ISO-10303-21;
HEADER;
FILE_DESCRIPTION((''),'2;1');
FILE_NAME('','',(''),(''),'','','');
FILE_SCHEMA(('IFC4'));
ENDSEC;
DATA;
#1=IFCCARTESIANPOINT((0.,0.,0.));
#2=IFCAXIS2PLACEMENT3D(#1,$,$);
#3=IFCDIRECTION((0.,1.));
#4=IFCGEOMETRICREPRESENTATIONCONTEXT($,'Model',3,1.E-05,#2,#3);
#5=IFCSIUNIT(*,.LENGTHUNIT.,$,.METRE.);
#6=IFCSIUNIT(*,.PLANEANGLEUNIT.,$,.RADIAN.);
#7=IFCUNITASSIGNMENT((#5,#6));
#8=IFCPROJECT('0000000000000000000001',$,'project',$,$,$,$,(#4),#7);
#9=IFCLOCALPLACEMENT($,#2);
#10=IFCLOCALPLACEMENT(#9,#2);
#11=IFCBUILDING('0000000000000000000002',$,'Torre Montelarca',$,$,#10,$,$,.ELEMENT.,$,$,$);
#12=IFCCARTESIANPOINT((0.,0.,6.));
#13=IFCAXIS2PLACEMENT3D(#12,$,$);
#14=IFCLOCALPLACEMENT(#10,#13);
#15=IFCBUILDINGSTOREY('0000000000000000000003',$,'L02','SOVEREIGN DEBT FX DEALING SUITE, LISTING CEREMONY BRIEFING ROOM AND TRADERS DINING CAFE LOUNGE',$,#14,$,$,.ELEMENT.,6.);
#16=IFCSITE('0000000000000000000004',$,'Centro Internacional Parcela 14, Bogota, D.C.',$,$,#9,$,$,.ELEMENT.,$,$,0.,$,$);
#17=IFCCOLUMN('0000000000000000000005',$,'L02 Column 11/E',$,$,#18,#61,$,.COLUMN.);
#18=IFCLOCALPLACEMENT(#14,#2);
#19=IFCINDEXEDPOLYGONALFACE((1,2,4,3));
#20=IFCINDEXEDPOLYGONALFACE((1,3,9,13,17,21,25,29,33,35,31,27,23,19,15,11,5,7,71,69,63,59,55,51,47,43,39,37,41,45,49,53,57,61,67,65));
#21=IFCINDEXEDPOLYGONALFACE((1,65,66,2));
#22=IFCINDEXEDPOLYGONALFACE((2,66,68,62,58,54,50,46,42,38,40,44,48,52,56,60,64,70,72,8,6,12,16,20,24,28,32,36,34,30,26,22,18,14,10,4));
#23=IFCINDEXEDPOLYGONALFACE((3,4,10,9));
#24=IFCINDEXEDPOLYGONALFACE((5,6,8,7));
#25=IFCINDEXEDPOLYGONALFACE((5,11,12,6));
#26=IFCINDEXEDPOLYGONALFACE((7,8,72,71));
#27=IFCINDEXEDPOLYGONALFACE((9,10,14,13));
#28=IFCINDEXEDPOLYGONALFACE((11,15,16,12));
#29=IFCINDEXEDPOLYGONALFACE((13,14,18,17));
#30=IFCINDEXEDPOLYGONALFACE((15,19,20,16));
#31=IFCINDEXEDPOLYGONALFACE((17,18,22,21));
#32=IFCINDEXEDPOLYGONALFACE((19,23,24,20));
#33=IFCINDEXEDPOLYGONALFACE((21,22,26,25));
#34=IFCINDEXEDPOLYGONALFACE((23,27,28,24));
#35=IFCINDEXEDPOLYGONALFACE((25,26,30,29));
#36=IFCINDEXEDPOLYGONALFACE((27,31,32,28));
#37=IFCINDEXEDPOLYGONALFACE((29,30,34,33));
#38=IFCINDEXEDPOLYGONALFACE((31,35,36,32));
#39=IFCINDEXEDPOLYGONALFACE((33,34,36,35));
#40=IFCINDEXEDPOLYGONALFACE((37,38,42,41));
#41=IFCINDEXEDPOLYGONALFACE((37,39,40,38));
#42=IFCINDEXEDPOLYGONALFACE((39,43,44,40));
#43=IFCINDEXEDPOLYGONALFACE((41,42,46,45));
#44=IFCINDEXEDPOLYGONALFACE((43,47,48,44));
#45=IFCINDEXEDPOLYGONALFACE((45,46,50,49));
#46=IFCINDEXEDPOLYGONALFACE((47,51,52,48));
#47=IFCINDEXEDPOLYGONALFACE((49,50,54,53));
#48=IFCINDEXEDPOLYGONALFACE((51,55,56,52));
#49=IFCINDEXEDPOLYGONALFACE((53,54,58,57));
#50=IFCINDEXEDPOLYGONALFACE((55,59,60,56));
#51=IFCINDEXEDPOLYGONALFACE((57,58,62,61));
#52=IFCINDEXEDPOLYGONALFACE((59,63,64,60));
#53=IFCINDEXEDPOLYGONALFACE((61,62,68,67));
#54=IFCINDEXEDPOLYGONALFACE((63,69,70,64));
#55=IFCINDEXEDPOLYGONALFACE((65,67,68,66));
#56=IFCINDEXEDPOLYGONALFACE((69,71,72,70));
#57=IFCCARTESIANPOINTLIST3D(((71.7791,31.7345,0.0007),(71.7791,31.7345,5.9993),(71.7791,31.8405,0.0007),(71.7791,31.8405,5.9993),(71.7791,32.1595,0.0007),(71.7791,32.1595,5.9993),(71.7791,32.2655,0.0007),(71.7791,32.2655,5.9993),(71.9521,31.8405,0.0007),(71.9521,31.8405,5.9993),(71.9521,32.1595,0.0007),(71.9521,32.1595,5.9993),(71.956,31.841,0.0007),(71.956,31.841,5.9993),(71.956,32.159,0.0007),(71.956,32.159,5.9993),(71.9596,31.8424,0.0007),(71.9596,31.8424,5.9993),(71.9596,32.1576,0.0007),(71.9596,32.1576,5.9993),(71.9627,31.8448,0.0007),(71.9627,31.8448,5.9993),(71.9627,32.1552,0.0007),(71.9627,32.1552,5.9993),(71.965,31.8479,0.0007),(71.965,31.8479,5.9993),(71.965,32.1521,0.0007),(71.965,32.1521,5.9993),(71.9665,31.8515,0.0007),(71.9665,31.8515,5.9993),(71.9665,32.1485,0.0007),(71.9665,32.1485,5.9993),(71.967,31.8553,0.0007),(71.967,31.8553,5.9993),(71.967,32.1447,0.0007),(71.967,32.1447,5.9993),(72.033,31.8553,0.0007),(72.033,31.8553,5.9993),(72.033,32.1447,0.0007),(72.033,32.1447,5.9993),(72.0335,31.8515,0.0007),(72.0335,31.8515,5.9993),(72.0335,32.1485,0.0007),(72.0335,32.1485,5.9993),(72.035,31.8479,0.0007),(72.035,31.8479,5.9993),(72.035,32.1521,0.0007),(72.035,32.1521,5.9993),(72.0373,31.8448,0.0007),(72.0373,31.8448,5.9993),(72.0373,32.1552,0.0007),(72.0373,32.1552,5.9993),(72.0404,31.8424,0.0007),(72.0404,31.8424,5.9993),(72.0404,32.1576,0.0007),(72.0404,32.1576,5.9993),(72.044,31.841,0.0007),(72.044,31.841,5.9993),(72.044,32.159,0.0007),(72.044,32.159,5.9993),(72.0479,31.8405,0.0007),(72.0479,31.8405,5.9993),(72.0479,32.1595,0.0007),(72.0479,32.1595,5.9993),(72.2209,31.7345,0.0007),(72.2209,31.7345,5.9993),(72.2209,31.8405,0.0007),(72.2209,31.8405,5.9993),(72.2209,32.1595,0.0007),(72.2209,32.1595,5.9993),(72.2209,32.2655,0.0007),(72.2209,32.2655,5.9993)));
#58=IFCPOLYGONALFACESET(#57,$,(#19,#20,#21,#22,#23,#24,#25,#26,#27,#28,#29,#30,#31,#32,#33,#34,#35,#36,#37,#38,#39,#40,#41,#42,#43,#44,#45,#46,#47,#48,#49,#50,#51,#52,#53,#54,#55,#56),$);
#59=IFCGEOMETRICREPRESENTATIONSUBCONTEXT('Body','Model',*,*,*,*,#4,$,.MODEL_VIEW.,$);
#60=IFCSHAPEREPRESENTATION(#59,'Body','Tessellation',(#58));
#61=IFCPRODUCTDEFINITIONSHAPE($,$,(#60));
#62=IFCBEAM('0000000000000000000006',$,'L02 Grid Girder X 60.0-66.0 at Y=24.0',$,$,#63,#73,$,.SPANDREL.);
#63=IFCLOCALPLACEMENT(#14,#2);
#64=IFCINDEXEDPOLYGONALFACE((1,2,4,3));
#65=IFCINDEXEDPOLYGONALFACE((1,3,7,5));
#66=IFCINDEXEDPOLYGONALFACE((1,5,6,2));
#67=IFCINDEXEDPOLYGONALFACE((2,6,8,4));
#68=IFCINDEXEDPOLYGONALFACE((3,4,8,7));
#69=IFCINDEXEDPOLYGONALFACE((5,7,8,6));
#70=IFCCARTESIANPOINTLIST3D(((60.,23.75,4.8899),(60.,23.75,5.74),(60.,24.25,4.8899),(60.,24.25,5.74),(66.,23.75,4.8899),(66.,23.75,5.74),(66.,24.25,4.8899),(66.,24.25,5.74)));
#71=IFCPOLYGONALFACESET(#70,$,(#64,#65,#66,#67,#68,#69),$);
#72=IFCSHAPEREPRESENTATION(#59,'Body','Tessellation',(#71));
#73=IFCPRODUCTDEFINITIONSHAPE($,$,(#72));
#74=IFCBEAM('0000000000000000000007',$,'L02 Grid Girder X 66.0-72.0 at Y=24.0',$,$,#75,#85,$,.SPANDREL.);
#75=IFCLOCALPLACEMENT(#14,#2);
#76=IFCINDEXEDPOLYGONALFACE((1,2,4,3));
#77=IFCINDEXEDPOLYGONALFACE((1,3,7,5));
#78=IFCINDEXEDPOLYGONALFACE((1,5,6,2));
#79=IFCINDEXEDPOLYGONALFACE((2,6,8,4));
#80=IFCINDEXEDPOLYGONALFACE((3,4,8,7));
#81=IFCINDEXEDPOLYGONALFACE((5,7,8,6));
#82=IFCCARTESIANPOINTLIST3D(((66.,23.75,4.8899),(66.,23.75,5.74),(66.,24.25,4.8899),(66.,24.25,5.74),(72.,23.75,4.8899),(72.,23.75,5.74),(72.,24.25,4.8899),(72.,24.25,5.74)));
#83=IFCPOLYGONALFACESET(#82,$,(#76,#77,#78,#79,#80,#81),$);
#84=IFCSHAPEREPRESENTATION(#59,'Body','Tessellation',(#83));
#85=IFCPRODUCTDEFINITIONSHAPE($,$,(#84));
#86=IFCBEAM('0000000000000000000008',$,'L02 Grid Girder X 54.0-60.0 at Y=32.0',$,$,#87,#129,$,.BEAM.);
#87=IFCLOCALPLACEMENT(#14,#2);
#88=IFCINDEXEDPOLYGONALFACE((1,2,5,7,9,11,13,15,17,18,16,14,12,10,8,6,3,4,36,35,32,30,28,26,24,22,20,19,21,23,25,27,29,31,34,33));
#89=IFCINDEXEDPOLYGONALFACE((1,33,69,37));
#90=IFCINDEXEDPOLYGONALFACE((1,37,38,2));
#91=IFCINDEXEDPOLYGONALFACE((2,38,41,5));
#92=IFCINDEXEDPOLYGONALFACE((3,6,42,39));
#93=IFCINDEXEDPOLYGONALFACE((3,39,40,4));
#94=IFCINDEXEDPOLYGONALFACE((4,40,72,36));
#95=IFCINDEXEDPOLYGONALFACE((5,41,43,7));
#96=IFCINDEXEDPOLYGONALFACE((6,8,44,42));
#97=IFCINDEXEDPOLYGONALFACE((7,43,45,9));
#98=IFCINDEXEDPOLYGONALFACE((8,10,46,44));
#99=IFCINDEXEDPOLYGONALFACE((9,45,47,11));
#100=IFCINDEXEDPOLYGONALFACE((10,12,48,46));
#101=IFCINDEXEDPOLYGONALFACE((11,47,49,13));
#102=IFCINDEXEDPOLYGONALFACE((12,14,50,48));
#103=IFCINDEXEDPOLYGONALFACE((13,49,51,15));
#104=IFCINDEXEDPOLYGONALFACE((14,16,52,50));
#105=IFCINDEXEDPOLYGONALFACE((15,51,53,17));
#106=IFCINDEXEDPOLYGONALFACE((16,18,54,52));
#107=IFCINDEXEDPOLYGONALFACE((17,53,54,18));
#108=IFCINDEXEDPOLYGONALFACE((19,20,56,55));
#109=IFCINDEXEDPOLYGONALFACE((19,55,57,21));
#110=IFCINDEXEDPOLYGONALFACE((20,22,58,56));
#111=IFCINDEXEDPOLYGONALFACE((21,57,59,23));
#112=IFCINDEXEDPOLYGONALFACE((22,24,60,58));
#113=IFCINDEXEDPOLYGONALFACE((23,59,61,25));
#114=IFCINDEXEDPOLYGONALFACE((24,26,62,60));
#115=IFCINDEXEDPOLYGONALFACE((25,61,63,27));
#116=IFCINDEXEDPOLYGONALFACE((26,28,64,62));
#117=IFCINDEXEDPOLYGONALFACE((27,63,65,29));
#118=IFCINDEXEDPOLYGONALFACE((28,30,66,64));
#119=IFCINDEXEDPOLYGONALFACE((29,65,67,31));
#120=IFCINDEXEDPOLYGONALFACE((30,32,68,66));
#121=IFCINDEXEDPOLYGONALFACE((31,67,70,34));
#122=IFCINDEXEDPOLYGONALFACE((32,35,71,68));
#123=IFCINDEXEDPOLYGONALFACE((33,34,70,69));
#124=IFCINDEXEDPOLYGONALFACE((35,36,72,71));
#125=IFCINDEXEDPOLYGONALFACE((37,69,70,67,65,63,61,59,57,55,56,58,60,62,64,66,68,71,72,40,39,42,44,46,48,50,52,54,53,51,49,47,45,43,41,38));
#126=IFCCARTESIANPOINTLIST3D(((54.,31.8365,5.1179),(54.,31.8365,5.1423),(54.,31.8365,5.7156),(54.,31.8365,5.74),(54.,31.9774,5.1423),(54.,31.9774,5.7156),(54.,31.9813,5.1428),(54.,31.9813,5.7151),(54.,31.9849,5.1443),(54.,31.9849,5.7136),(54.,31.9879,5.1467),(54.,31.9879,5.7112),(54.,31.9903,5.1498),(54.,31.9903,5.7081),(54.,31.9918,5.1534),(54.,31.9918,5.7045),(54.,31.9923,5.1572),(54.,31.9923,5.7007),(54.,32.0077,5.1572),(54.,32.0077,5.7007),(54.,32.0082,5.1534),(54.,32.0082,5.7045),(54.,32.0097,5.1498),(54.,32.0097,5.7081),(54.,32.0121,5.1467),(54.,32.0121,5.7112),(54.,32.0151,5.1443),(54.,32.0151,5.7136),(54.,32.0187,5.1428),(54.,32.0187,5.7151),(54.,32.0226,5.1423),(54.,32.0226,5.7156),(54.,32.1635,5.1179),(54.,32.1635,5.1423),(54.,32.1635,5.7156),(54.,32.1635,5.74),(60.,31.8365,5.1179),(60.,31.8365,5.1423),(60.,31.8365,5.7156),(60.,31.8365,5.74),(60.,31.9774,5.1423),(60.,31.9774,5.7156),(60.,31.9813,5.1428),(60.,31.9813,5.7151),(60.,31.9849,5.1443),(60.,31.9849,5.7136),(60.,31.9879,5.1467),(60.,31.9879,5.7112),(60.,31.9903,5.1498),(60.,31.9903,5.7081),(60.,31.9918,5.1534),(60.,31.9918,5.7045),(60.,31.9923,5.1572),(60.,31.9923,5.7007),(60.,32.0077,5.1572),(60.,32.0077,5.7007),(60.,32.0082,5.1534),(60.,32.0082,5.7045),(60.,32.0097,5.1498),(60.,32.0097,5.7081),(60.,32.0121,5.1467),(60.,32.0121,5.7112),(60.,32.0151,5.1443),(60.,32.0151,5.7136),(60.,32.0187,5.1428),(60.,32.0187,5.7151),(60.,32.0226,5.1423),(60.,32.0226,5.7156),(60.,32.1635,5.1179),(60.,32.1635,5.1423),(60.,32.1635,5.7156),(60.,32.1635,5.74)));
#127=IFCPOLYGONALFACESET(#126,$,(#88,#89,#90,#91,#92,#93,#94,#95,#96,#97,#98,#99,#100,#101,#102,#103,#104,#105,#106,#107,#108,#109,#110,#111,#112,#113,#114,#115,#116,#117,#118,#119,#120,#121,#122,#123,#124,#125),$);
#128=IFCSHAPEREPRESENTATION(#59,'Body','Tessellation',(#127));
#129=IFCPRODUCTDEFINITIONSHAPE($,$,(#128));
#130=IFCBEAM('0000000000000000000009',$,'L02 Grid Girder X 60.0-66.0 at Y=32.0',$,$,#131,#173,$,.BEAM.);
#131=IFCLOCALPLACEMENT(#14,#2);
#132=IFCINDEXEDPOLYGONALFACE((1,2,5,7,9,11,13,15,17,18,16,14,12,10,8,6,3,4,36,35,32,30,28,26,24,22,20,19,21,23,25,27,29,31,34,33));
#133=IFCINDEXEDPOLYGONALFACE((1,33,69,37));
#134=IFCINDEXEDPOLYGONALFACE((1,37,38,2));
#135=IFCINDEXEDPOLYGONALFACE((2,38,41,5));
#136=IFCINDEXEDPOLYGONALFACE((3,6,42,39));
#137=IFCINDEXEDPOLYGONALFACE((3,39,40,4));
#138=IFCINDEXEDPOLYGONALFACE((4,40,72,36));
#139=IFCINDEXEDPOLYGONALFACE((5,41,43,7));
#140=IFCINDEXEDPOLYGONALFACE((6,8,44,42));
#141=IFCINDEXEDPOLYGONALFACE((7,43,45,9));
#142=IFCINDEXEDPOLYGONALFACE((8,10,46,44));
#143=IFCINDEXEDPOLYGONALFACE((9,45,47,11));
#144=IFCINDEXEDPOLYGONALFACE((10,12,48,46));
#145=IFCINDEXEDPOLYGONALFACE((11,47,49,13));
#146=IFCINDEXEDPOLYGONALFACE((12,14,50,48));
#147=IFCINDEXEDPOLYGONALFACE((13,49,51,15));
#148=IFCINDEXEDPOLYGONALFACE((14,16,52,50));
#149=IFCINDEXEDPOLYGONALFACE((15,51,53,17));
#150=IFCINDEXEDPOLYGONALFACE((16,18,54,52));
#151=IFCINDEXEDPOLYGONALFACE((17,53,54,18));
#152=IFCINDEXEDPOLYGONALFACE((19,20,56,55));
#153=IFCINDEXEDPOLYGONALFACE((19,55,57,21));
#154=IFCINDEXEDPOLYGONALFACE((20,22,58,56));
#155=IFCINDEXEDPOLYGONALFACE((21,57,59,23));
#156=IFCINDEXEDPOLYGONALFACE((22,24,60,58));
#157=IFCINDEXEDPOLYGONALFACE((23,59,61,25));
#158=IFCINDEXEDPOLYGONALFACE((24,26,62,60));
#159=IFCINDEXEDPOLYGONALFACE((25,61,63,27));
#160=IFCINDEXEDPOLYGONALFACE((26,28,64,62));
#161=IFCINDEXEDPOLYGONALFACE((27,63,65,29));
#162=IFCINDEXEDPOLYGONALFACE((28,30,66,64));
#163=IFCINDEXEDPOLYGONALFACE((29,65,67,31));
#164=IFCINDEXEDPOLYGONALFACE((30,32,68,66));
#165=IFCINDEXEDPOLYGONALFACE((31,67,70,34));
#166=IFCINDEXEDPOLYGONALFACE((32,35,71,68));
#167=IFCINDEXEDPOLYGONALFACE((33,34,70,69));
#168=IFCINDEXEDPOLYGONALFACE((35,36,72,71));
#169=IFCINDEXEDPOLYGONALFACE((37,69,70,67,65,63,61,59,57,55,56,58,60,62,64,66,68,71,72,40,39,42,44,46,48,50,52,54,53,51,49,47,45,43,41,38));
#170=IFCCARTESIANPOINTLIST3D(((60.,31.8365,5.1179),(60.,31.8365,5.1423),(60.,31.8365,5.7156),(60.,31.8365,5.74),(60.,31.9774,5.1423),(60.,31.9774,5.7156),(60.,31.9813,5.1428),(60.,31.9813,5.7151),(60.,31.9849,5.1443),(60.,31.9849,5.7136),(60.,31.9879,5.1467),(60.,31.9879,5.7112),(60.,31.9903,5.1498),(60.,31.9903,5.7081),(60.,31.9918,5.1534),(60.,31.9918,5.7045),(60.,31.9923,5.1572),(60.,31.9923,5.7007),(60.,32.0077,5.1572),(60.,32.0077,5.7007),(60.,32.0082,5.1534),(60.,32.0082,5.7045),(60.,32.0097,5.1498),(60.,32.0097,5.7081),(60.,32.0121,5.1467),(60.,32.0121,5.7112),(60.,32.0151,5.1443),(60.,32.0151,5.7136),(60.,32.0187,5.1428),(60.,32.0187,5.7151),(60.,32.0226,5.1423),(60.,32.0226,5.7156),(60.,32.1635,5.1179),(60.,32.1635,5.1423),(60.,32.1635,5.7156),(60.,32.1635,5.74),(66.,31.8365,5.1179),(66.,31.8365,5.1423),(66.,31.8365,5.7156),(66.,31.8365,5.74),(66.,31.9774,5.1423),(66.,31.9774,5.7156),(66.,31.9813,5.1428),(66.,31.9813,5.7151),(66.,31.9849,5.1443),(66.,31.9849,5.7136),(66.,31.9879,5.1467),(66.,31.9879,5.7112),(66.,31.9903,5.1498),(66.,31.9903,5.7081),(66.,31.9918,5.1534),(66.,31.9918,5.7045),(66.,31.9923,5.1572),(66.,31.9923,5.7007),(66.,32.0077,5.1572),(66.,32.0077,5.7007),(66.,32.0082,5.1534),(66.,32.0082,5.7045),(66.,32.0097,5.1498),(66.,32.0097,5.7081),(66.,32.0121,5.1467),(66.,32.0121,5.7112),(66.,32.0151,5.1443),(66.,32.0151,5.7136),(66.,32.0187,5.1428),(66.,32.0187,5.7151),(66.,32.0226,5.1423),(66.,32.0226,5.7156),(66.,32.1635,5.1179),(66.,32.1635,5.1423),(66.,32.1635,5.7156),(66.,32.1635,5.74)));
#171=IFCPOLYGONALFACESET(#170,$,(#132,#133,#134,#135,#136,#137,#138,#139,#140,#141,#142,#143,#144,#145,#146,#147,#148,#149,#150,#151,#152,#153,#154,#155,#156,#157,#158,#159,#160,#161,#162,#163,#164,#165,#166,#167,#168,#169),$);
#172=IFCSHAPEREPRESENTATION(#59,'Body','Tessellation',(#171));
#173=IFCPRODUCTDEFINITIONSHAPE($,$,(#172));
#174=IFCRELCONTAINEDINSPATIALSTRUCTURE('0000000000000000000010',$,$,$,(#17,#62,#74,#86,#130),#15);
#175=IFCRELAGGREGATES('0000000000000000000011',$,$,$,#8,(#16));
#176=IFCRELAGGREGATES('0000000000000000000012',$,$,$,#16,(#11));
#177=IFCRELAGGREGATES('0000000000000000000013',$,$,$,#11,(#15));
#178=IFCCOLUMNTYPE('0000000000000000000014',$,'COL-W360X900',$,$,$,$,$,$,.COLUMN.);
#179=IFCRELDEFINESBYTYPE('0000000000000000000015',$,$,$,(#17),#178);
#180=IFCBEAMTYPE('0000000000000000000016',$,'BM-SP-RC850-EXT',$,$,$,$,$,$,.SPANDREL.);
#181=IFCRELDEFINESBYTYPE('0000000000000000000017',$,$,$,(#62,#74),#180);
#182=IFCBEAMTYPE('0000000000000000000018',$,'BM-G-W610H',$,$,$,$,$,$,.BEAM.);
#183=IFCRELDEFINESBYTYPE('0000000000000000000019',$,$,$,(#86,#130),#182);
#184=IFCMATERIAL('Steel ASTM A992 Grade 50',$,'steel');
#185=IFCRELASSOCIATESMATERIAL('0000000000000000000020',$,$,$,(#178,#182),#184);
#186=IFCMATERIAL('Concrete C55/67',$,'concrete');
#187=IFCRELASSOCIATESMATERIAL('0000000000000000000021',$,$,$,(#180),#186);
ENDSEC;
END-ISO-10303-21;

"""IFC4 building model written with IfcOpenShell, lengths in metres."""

from ifc_helpers import new_model, si_unit, direction, frame, origin, origin_2d, place, context, subcontext, project, spatial, rectangle, i_section, extrude, source, transform, mapped, material, material_profile, profile_set, type_object, element, save


model = new_model("IFC4")

# Units and contexts
model_context = context("Model", 3, precision=1e-05, world=origin(), true_north=direction((0.0, 1.0)))
body_context = subcontext(model_context, "Body", "Model", "MODEL_VIEW")
ifc_project = project(units=[si_unit("LENGTHUNIT", "METRE"), si_unit("PLANEANGLEUNIT", "RADIAN")], contexts=[model_context])

# Site, building, storey
site_placement = place(None, origin())
site = spatial("IfcSite", under=ifc_project, at=site_placement, Name="Centro Internacional Parcela 14, Bogota, D.C.", CompositionType="ELEMENT", RefElevation=0.0)
building_placement = place(site_placement, origin())
building = spatial("IfcBuilding", under=site, at=building_placement, Name="Torre Montelarca", CompositionType="ELEMENT")
storey_placement = place(building_placement, frame((0.0, 0.0, 6.0)))
storey = spatial("IfcBuildingStorey", under=building, at=storey_placement, Name="L02", Description="SOVEREIGN DEBT FX DEALING SUITE, LISTING CEREMONY BRIEFING ROOM AND TRADERS DINING CAFE LOUNGE", CompositionType="ELEMENT", Elevation=6.0)

# Column
ifc_material_1 = material(Name="Steel ASTM A992 Grade 50", Category="steel")
ifc_material_profile_1 = material_profile(ifc_material_1, i_section(OverallWidth=0.4419, OverallDepth=0.531, WebThickness=0.0659, FlangeThickness=0.106, FilletRadius=0.0149, at=origin_2d()), Name="W360X900", Category="steel")
ifc_profile_set_1 = profile_set([ifc_material_profile_1], Name="Steel ASTM A992 Grade 50")
column_type_1 = type_object("IfcColumnType", Name="COL-W360X900", PredefinedType="COLUMN", material=ifc_profile_set_1)
shared_shape_1 = source(origin(), body_context, "Body", "SweptSolid", [
    extrude(i_section(OverallWidth=0.4419, OverallDepth=0.531, WebThickness=0.0659, FlangeThickness=0.106, FilletRadius=0.0149, at=origin_2d()), origin(), (0.0, 0.0, 1.0), 5.9985),
])
for number, where, z_axis, x_axis, name in (
    (1, (72.0, 32.0, 0.0007), (0.0, 0.0, 1.0), (1.0, 0.0, 0.0), "L02 Column 11/E"),
):
    element("IfcColumn", number, at=place(storey_placement, frame(where, z_axis=z_axis, x_axis=x_axis)), inside=storey, type_object=column_type_1, Name=name, PredefinedType="COLUMN", context=body_context, shape_type="MappedRepresentation", body=[
        mapped(shared_shape_1, transform((0.0, 0.0, 0.0), scale=1.0)),
    ])

# Beams
ifc_material_2 = material(Name="Concrete C55/67", Category="concrete")
ifc_material_profile_2 = material_profile(ifc_material_2, rectangle(XDim=0.5, YDim=0.8501, at=origin_2d()), Name="RCB500X850", Category="concrete")
ifc_profile_set_2 = profile_set([ifc_material_profile_2], Name="Concrete C55/67")
beam_type_1 = type_object("IfcBeamType", Name="BM-SP-RC850-EXT", PredefinedType="SPANDREL", material=ifc_profile_set_2)
shared_shape_2 = source(origin(), body_context, "Body", "SweptSolid", [
    extrude(rectangle(XDim=0.5, YDim=0.8501, at=origin_2d()), origin(), (0.0, 0.0, 1.0), 6.0),
])
for number, where, z_axis, x_axis, name in (
    (2, (60.0, 24.0, 5.3149), (1.0, 0.0, 0.0), (0.0, 1.0, 0.0), "L02 Grid Girder X 60.0-66.0 at Y=24.0"),
    (3, (66.0, 24.0, 5.3149), (1.0, 0.0, 0.0), (0.0, 1.0, 0.0), "L02 Grid Girder X 66.0-72.0 at Y=24.0"),
):
    element("IfcBeam", number, at=place(storey_placement, frame(where, z_axis=z_axis, x_axis=x_axis)), inside=storey, type_object=beam_type_1, Name=name, PredefinedType="SPANDREL", context=body_context, shape_type="MappedRepresentation", body=[
        mapped(shared_shape_2, transform((0.0, 0.0, 0.0), scale=1.0)),
    ])
ifc_material_profile_3 = material_profile(ifc_material_1, i_section(OverallWidth=0.3269, OverallDepth=0.6221, WebThickness=0.0154, FlangeThickness=0.0244, FilletRadius=0.0149, at=origin_2d()), Name="W610X195", Category="steel")
ifc_profile_set_3 = profile_set([ifc_material_profile_3], Name="Steel ASTM A992 Grade 50")
beam_type_2 = type_object("IfcBeamType", Name="BM-G-W610H", PredefinedType="BEAM", material=ifc_profile_set_3)
shared_shape_3 = source(origin(), body_context, "Body", "SweptSolid", [
    extrude(i_section(OverallWidth=0.3269, OverallDepth=0.6221, WebThickness=0.0154, FlangeThickness=0.0244, FilletRadius=0.0149, at=origin_2d()), origin(), (0.0, 0.0, 1.0), 6.0),
])
for number, where, z_axis, x_axis, name in (
    (4, (54.0, 32.0, 5.429), (1.0, 0.0, 0.0), (0.0, 1.0, 0.0), "L02 Grid Girder X 54.0-60.0 at Y=32.0"),
    (5, (60.0, 32.0, 5.429), (1.0, 0.0, 0.0), (0.0, 1.0, 0.0), "L02 Grid Girder X 60.0-66.0 at Y=32.0"),
):
    element("IfcBeam", number, at=place(storey_placement, frame(where, z_axis=z_axis, x_axis=x_axis)), inside=storey, type_object=beam_type_2, Name=name, PredefinedType="BEAM", context=body_context, shape_type="MappedRepresentation", body=[
        mapped(shared_shape_3, transform((0.0, 0.0, 0.0), scale=1.0)),
    ])

save(model, "model.ifc")
